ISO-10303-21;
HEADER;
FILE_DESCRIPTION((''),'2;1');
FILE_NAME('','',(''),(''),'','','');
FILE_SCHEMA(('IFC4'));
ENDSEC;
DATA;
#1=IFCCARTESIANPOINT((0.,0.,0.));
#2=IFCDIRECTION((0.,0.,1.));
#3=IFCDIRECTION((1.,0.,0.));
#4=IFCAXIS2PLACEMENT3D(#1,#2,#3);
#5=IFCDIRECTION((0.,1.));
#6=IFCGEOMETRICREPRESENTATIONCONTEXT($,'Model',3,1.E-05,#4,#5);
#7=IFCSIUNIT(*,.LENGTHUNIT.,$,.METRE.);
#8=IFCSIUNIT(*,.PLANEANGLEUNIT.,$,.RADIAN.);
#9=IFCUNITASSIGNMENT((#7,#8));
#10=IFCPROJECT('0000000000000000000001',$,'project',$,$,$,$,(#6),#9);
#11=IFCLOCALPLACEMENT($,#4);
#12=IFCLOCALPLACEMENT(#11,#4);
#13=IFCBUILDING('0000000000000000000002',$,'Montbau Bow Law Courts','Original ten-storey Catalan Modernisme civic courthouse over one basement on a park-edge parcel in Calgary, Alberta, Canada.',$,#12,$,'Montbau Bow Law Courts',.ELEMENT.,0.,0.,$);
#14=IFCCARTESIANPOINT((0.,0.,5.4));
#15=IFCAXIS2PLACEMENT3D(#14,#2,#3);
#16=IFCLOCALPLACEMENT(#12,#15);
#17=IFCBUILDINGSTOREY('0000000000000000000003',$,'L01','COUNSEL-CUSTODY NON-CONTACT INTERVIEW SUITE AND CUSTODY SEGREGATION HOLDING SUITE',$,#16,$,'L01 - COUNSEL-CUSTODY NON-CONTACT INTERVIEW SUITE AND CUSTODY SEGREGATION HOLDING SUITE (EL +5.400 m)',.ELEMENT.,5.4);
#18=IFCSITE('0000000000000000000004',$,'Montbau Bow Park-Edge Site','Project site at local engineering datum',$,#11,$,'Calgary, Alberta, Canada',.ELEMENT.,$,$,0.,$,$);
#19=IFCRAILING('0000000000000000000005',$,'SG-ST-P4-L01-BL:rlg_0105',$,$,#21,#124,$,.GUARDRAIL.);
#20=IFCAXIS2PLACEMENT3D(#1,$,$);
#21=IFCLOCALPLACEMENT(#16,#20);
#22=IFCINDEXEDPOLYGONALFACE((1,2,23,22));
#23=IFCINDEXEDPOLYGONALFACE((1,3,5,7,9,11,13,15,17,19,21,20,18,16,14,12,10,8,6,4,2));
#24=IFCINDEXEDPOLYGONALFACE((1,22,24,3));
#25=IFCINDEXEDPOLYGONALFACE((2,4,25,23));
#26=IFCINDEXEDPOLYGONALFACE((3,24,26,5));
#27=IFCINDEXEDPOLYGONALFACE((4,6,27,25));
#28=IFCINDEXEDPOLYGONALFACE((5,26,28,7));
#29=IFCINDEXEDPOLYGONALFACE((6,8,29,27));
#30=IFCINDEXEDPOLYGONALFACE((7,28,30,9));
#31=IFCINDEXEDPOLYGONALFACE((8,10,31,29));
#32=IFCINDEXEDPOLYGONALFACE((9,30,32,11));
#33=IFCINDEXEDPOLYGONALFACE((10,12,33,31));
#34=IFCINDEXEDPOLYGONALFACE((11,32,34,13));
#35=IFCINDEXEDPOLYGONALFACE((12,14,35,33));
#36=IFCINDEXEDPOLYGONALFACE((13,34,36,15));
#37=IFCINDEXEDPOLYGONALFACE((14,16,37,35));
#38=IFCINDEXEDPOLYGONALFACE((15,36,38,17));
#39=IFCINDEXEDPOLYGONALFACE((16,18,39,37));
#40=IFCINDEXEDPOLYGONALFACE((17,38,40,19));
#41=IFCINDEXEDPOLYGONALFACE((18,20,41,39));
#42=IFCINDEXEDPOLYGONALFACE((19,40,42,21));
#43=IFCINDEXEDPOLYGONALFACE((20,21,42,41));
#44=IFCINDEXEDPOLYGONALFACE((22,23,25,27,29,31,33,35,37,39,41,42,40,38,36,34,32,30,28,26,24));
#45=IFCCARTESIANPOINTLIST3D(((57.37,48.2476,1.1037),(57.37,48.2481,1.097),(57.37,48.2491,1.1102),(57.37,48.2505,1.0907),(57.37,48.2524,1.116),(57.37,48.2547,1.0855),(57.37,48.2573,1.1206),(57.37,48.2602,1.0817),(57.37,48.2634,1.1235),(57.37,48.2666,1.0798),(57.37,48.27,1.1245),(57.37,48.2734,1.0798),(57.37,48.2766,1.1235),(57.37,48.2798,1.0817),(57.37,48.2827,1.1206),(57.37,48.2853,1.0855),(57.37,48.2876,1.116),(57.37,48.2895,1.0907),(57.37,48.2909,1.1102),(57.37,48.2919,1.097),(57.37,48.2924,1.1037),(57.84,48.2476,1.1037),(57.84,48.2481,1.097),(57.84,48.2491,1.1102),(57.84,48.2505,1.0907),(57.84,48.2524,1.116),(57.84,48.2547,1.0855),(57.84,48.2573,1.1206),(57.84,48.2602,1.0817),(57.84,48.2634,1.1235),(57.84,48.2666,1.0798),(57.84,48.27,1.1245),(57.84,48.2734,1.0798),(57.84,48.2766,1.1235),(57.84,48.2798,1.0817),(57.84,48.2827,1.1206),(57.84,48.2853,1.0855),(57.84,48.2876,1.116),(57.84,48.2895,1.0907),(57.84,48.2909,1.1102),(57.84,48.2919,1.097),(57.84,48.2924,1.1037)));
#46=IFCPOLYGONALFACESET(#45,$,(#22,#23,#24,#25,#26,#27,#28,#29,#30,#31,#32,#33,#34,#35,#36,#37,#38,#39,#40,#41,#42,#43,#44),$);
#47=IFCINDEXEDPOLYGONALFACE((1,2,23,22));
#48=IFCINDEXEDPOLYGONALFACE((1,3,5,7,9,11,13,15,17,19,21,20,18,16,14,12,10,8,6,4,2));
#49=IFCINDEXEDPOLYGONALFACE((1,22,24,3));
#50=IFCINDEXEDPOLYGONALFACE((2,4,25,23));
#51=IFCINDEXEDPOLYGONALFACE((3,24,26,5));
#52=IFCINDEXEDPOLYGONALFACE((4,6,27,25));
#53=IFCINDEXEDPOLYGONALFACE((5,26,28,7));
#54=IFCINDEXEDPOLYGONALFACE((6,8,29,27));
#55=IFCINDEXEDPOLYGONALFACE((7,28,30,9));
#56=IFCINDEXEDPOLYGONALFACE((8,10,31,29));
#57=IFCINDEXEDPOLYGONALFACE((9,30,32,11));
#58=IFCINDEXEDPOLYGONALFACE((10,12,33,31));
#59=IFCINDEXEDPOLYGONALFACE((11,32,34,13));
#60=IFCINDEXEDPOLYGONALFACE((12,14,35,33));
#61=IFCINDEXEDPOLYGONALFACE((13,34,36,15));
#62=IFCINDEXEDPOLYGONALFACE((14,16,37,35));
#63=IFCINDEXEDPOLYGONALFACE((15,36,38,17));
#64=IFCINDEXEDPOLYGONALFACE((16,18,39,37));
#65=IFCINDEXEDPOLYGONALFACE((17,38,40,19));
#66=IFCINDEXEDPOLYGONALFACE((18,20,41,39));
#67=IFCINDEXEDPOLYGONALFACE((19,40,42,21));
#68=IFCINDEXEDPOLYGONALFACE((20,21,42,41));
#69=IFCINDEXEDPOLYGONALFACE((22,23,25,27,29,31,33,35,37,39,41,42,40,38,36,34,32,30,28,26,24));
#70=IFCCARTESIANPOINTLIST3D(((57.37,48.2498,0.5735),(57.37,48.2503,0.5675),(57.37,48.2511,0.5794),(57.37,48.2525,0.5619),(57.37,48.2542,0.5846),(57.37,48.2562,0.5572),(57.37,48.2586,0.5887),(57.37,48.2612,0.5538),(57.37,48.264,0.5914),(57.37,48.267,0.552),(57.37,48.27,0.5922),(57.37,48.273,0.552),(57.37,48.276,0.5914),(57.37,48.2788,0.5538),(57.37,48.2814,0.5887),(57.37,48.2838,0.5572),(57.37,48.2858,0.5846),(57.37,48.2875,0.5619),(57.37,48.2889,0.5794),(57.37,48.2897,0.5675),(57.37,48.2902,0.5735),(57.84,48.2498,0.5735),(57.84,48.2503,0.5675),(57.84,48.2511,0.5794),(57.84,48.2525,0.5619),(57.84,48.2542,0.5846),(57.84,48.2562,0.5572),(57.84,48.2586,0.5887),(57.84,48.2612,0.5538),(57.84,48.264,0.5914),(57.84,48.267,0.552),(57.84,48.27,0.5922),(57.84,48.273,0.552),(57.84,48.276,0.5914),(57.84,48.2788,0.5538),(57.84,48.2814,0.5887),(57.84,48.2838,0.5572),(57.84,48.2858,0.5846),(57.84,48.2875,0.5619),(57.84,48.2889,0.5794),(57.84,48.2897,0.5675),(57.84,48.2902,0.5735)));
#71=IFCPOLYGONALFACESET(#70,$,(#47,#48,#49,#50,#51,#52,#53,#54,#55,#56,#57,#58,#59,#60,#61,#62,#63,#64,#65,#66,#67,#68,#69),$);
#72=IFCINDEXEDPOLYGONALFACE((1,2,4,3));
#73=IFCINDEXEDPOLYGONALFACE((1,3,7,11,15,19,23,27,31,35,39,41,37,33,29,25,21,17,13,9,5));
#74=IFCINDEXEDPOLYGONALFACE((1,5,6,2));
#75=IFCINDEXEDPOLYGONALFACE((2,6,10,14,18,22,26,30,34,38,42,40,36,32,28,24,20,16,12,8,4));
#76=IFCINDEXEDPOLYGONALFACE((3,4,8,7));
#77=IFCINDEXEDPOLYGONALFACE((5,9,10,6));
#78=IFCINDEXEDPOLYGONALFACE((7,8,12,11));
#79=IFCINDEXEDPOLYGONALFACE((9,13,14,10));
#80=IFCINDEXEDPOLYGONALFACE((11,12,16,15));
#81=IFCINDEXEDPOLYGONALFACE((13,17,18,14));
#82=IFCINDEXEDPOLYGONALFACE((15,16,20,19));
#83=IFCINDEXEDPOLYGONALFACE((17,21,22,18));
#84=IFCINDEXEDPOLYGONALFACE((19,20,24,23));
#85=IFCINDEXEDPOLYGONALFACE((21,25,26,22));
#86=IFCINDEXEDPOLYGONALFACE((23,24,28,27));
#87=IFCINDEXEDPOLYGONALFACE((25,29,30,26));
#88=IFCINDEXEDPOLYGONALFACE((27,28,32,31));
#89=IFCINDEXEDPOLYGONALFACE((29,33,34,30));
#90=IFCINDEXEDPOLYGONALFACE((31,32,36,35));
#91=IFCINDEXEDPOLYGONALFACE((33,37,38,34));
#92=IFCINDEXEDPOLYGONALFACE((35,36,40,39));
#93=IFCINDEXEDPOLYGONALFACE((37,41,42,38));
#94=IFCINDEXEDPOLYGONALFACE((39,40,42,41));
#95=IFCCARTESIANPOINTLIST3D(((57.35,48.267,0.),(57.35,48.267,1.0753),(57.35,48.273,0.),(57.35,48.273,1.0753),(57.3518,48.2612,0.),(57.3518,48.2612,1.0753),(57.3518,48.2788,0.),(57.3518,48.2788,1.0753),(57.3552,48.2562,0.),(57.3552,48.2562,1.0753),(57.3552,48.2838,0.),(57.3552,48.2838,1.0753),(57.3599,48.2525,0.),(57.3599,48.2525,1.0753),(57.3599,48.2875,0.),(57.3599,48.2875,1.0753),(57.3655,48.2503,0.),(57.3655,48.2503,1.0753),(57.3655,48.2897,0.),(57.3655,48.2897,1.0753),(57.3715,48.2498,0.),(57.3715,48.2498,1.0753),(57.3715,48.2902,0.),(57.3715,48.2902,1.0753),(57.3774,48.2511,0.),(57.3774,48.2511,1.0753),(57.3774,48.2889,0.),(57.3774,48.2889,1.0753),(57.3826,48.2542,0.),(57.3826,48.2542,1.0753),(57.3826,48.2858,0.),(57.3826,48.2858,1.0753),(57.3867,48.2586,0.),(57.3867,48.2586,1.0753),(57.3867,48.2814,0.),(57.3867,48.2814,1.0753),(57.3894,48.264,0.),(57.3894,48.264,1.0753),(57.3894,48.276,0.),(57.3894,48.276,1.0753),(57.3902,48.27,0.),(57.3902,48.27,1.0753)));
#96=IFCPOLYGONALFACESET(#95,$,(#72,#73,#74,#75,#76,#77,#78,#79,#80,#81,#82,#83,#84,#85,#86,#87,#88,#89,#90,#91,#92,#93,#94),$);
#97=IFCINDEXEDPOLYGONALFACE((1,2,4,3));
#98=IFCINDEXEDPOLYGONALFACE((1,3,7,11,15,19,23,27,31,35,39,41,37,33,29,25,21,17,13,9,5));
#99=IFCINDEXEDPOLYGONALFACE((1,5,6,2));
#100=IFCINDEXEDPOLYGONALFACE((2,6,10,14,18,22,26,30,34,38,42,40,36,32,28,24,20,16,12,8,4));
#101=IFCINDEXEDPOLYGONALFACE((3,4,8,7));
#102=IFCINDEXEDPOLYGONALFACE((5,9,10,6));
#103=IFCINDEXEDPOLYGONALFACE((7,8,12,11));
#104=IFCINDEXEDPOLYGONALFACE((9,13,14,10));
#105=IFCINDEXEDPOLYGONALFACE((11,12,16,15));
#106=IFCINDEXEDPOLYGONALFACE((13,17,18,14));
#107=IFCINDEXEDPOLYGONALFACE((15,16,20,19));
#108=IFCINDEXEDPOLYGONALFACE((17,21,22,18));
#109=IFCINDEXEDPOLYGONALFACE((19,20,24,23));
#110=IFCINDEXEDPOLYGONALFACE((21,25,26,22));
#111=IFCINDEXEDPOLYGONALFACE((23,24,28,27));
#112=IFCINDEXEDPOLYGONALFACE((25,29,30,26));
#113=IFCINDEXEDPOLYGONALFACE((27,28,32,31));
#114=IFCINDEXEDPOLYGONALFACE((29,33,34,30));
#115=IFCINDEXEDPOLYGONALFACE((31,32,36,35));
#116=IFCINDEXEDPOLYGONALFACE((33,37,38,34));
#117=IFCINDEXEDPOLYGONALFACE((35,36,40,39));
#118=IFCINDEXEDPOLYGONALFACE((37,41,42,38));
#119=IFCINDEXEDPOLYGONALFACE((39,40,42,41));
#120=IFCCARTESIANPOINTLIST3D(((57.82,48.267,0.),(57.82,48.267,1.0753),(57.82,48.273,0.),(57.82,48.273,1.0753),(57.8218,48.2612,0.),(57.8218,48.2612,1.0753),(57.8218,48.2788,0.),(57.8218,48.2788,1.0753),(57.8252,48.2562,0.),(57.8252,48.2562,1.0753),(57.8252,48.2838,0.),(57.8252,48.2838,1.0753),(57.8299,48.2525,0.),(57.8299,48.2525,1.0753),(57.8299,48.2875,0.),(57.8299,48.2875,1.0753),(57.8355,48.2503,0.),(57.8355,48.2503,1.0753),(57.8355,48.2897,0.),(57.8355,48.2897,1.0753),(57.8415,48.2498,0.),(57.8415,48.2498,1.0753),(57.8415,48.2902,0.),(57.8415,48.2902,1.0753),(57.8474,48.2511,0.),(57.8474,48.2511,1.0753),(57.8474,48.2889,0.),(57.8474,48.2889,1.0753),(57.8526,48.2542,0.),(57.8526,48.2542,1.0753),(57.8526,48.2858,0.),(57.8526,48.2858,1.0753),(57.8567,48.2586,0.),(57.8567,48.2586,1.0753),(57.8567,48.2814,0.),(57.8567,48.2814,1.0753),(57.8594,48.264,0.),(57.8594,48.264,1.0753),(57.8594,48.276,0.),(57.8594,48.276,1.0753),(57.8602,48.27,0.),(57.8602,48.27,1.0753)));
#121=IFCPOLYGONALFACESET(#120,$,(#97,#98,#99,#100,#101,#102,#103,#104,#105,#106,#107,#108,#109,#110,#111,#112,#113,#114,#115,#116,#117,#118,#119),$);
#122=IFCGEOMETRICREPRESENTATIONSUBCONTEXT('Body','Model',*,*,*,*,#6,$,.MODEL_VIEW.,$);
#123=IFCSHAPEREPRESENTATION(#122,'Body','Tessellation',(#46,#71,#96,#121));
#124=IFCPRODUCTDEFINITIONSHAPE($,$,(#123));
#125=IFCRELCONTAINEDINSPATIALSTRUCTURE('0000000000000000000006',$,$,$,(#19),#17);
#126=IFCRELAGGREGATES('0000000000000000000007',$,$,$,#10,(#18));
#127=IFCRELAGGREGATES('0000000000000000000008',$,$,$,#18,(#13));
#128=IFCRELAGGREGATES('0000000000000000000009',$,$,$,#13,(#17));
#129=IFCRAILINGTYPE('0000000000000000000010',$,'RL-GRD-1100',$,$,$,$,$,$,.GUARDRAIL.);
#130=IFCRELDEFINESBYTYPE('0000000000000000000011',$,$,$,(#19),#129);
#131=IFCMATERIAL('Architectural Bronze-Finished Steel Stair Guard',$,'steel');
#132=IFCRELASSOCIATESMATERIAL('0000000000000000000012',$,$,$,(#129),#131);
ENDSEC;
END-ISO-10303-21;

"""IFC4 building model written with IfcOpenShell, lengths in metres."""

from ifc_helpers import new_model, si_unit, direction, frame, origin_with_axes, origin_2d_with_axis, place, context, subcontext, project, spatial, circle, extrude, material, type_object, element, save


model = new_model("IFC4")

# Units and contexts
model_context = context("Model", 3, precision=1e-05, world=origin_with_axes(), true_north=direction((0.0, 1.0)))
body_context = subcontext(model_context, "Body", "Model", "MODEL_VIEW")
ifc_project = project(units=[si_unit("LENGTHUNIT", "METRE"), si_unit("PLANEANGLEUNIT", "RADIAN")], contexts=[model_context])

# Site, building, storey
site_placement = place(None, origin_with_axes())
site = spatial("IfcSite", under=ifc_project, at=site_placement, Name="Montbau Bow Park-Edge Site", Description="Project site at local engineering datum", LongName="Calgary, Alberta, Canada", CompositionType="ELEMENT", RefElevation=0.0)
building_placement = place(site_placement, origin_with_axes())
building = spatial("IfcBuilding", under=site, at=building_placement, Name="Montbau Bow Law Courts", Description="Original ten-storey Catalan Modernisme civic courthouse over one basement on a park-edge parcel in Calgary, Alberta, Canada.", LongName="Montbau Bow Law Courts", CompositionType="ELEMENT", ElevationOfRefHeight=0.0, ElevationOfTerrain=0.0)
storey_placement = place(building_placement, frame((0.0, 0.0, 5.4), z_axis=(0.0, 0.0, 1.0), x_axis=(1.0, 0.0, 0.0)))
storey = spatial("IfcBuildingStorey", under=building, at=storey_placement, Name="L01", Description="COUNSEL-CUSTODY NON-CONTACT INTERVIEW SUITE AND CUSTODY SEGREGATION HOLDING SUITE", LongName="L01 - COUNSEL-CUSTODY NON-CONTACT INTERVIEW SUITE AND CUSTODY SEGREGATION HOLDING SUITE (EL +5.400 m)", CompositionType="ELEMENT", Elevation=5.4)

# Railing
ifc_material_1 = material(Name="Architectural Bronze-Finished Steel Stair Guard", Category="steel")
railing_type_1 = type_object("IfcRailingType", Name="RL-GRD-1100", PredefinedType="GUARDRAIL", material=ifc_material_1)
railing_1_placement = place(None, origin_with_axes())
element("IfcRailing", 1, at=railing_1_placement, inside=storey, type_object=railing_type_1, Name="SG-ST-P4-L01-BL:rlg_0105", PredefinedType="GUARDRAIL", context=body_context, shape_type="SweptSolid", body=[
    extrude(circle(Radius=0.0225, at=origin_2d_with_axis()), frame((57.37, 48.27, 6.502), z_axis=(1.0, 0.0, 0.0), x_axis=(0.0, 0.0, 1.0)), (0.0, 0.0, 1.0), 0.47),
    extrude(circle(Radius=0.0203, at=origin_2d_with_axis()), frame((57.37, 48.27, 5.972), z_axis=(1.0, 0.0, 0.0), x_axis=(0.0, 0.0, 1.0)), (0.0, 0.0, 1.0), 0.47),
    extrude(circle(Radius=0.0203, at=origin_2d_with_axis()), frame((57.37, 48.27, 5.4), z_axis=(0.0, 0.0, 1.0), x_axis=(1.0, 0.0, 0.0)), (0.0, 0.0, 1.0), 1.0753),
    extrude(circle(Radius=0.0203, at=origin_2d_with_axis()), frame((57.84, 48.27, 5.4), z_axis=(0.0, 0.0, 1.0), x_axis=(1.0, 0.0, 0.0)), (0.0, 0.0, 1.0), 1.0753),
])

save(model, "model.ifc")
